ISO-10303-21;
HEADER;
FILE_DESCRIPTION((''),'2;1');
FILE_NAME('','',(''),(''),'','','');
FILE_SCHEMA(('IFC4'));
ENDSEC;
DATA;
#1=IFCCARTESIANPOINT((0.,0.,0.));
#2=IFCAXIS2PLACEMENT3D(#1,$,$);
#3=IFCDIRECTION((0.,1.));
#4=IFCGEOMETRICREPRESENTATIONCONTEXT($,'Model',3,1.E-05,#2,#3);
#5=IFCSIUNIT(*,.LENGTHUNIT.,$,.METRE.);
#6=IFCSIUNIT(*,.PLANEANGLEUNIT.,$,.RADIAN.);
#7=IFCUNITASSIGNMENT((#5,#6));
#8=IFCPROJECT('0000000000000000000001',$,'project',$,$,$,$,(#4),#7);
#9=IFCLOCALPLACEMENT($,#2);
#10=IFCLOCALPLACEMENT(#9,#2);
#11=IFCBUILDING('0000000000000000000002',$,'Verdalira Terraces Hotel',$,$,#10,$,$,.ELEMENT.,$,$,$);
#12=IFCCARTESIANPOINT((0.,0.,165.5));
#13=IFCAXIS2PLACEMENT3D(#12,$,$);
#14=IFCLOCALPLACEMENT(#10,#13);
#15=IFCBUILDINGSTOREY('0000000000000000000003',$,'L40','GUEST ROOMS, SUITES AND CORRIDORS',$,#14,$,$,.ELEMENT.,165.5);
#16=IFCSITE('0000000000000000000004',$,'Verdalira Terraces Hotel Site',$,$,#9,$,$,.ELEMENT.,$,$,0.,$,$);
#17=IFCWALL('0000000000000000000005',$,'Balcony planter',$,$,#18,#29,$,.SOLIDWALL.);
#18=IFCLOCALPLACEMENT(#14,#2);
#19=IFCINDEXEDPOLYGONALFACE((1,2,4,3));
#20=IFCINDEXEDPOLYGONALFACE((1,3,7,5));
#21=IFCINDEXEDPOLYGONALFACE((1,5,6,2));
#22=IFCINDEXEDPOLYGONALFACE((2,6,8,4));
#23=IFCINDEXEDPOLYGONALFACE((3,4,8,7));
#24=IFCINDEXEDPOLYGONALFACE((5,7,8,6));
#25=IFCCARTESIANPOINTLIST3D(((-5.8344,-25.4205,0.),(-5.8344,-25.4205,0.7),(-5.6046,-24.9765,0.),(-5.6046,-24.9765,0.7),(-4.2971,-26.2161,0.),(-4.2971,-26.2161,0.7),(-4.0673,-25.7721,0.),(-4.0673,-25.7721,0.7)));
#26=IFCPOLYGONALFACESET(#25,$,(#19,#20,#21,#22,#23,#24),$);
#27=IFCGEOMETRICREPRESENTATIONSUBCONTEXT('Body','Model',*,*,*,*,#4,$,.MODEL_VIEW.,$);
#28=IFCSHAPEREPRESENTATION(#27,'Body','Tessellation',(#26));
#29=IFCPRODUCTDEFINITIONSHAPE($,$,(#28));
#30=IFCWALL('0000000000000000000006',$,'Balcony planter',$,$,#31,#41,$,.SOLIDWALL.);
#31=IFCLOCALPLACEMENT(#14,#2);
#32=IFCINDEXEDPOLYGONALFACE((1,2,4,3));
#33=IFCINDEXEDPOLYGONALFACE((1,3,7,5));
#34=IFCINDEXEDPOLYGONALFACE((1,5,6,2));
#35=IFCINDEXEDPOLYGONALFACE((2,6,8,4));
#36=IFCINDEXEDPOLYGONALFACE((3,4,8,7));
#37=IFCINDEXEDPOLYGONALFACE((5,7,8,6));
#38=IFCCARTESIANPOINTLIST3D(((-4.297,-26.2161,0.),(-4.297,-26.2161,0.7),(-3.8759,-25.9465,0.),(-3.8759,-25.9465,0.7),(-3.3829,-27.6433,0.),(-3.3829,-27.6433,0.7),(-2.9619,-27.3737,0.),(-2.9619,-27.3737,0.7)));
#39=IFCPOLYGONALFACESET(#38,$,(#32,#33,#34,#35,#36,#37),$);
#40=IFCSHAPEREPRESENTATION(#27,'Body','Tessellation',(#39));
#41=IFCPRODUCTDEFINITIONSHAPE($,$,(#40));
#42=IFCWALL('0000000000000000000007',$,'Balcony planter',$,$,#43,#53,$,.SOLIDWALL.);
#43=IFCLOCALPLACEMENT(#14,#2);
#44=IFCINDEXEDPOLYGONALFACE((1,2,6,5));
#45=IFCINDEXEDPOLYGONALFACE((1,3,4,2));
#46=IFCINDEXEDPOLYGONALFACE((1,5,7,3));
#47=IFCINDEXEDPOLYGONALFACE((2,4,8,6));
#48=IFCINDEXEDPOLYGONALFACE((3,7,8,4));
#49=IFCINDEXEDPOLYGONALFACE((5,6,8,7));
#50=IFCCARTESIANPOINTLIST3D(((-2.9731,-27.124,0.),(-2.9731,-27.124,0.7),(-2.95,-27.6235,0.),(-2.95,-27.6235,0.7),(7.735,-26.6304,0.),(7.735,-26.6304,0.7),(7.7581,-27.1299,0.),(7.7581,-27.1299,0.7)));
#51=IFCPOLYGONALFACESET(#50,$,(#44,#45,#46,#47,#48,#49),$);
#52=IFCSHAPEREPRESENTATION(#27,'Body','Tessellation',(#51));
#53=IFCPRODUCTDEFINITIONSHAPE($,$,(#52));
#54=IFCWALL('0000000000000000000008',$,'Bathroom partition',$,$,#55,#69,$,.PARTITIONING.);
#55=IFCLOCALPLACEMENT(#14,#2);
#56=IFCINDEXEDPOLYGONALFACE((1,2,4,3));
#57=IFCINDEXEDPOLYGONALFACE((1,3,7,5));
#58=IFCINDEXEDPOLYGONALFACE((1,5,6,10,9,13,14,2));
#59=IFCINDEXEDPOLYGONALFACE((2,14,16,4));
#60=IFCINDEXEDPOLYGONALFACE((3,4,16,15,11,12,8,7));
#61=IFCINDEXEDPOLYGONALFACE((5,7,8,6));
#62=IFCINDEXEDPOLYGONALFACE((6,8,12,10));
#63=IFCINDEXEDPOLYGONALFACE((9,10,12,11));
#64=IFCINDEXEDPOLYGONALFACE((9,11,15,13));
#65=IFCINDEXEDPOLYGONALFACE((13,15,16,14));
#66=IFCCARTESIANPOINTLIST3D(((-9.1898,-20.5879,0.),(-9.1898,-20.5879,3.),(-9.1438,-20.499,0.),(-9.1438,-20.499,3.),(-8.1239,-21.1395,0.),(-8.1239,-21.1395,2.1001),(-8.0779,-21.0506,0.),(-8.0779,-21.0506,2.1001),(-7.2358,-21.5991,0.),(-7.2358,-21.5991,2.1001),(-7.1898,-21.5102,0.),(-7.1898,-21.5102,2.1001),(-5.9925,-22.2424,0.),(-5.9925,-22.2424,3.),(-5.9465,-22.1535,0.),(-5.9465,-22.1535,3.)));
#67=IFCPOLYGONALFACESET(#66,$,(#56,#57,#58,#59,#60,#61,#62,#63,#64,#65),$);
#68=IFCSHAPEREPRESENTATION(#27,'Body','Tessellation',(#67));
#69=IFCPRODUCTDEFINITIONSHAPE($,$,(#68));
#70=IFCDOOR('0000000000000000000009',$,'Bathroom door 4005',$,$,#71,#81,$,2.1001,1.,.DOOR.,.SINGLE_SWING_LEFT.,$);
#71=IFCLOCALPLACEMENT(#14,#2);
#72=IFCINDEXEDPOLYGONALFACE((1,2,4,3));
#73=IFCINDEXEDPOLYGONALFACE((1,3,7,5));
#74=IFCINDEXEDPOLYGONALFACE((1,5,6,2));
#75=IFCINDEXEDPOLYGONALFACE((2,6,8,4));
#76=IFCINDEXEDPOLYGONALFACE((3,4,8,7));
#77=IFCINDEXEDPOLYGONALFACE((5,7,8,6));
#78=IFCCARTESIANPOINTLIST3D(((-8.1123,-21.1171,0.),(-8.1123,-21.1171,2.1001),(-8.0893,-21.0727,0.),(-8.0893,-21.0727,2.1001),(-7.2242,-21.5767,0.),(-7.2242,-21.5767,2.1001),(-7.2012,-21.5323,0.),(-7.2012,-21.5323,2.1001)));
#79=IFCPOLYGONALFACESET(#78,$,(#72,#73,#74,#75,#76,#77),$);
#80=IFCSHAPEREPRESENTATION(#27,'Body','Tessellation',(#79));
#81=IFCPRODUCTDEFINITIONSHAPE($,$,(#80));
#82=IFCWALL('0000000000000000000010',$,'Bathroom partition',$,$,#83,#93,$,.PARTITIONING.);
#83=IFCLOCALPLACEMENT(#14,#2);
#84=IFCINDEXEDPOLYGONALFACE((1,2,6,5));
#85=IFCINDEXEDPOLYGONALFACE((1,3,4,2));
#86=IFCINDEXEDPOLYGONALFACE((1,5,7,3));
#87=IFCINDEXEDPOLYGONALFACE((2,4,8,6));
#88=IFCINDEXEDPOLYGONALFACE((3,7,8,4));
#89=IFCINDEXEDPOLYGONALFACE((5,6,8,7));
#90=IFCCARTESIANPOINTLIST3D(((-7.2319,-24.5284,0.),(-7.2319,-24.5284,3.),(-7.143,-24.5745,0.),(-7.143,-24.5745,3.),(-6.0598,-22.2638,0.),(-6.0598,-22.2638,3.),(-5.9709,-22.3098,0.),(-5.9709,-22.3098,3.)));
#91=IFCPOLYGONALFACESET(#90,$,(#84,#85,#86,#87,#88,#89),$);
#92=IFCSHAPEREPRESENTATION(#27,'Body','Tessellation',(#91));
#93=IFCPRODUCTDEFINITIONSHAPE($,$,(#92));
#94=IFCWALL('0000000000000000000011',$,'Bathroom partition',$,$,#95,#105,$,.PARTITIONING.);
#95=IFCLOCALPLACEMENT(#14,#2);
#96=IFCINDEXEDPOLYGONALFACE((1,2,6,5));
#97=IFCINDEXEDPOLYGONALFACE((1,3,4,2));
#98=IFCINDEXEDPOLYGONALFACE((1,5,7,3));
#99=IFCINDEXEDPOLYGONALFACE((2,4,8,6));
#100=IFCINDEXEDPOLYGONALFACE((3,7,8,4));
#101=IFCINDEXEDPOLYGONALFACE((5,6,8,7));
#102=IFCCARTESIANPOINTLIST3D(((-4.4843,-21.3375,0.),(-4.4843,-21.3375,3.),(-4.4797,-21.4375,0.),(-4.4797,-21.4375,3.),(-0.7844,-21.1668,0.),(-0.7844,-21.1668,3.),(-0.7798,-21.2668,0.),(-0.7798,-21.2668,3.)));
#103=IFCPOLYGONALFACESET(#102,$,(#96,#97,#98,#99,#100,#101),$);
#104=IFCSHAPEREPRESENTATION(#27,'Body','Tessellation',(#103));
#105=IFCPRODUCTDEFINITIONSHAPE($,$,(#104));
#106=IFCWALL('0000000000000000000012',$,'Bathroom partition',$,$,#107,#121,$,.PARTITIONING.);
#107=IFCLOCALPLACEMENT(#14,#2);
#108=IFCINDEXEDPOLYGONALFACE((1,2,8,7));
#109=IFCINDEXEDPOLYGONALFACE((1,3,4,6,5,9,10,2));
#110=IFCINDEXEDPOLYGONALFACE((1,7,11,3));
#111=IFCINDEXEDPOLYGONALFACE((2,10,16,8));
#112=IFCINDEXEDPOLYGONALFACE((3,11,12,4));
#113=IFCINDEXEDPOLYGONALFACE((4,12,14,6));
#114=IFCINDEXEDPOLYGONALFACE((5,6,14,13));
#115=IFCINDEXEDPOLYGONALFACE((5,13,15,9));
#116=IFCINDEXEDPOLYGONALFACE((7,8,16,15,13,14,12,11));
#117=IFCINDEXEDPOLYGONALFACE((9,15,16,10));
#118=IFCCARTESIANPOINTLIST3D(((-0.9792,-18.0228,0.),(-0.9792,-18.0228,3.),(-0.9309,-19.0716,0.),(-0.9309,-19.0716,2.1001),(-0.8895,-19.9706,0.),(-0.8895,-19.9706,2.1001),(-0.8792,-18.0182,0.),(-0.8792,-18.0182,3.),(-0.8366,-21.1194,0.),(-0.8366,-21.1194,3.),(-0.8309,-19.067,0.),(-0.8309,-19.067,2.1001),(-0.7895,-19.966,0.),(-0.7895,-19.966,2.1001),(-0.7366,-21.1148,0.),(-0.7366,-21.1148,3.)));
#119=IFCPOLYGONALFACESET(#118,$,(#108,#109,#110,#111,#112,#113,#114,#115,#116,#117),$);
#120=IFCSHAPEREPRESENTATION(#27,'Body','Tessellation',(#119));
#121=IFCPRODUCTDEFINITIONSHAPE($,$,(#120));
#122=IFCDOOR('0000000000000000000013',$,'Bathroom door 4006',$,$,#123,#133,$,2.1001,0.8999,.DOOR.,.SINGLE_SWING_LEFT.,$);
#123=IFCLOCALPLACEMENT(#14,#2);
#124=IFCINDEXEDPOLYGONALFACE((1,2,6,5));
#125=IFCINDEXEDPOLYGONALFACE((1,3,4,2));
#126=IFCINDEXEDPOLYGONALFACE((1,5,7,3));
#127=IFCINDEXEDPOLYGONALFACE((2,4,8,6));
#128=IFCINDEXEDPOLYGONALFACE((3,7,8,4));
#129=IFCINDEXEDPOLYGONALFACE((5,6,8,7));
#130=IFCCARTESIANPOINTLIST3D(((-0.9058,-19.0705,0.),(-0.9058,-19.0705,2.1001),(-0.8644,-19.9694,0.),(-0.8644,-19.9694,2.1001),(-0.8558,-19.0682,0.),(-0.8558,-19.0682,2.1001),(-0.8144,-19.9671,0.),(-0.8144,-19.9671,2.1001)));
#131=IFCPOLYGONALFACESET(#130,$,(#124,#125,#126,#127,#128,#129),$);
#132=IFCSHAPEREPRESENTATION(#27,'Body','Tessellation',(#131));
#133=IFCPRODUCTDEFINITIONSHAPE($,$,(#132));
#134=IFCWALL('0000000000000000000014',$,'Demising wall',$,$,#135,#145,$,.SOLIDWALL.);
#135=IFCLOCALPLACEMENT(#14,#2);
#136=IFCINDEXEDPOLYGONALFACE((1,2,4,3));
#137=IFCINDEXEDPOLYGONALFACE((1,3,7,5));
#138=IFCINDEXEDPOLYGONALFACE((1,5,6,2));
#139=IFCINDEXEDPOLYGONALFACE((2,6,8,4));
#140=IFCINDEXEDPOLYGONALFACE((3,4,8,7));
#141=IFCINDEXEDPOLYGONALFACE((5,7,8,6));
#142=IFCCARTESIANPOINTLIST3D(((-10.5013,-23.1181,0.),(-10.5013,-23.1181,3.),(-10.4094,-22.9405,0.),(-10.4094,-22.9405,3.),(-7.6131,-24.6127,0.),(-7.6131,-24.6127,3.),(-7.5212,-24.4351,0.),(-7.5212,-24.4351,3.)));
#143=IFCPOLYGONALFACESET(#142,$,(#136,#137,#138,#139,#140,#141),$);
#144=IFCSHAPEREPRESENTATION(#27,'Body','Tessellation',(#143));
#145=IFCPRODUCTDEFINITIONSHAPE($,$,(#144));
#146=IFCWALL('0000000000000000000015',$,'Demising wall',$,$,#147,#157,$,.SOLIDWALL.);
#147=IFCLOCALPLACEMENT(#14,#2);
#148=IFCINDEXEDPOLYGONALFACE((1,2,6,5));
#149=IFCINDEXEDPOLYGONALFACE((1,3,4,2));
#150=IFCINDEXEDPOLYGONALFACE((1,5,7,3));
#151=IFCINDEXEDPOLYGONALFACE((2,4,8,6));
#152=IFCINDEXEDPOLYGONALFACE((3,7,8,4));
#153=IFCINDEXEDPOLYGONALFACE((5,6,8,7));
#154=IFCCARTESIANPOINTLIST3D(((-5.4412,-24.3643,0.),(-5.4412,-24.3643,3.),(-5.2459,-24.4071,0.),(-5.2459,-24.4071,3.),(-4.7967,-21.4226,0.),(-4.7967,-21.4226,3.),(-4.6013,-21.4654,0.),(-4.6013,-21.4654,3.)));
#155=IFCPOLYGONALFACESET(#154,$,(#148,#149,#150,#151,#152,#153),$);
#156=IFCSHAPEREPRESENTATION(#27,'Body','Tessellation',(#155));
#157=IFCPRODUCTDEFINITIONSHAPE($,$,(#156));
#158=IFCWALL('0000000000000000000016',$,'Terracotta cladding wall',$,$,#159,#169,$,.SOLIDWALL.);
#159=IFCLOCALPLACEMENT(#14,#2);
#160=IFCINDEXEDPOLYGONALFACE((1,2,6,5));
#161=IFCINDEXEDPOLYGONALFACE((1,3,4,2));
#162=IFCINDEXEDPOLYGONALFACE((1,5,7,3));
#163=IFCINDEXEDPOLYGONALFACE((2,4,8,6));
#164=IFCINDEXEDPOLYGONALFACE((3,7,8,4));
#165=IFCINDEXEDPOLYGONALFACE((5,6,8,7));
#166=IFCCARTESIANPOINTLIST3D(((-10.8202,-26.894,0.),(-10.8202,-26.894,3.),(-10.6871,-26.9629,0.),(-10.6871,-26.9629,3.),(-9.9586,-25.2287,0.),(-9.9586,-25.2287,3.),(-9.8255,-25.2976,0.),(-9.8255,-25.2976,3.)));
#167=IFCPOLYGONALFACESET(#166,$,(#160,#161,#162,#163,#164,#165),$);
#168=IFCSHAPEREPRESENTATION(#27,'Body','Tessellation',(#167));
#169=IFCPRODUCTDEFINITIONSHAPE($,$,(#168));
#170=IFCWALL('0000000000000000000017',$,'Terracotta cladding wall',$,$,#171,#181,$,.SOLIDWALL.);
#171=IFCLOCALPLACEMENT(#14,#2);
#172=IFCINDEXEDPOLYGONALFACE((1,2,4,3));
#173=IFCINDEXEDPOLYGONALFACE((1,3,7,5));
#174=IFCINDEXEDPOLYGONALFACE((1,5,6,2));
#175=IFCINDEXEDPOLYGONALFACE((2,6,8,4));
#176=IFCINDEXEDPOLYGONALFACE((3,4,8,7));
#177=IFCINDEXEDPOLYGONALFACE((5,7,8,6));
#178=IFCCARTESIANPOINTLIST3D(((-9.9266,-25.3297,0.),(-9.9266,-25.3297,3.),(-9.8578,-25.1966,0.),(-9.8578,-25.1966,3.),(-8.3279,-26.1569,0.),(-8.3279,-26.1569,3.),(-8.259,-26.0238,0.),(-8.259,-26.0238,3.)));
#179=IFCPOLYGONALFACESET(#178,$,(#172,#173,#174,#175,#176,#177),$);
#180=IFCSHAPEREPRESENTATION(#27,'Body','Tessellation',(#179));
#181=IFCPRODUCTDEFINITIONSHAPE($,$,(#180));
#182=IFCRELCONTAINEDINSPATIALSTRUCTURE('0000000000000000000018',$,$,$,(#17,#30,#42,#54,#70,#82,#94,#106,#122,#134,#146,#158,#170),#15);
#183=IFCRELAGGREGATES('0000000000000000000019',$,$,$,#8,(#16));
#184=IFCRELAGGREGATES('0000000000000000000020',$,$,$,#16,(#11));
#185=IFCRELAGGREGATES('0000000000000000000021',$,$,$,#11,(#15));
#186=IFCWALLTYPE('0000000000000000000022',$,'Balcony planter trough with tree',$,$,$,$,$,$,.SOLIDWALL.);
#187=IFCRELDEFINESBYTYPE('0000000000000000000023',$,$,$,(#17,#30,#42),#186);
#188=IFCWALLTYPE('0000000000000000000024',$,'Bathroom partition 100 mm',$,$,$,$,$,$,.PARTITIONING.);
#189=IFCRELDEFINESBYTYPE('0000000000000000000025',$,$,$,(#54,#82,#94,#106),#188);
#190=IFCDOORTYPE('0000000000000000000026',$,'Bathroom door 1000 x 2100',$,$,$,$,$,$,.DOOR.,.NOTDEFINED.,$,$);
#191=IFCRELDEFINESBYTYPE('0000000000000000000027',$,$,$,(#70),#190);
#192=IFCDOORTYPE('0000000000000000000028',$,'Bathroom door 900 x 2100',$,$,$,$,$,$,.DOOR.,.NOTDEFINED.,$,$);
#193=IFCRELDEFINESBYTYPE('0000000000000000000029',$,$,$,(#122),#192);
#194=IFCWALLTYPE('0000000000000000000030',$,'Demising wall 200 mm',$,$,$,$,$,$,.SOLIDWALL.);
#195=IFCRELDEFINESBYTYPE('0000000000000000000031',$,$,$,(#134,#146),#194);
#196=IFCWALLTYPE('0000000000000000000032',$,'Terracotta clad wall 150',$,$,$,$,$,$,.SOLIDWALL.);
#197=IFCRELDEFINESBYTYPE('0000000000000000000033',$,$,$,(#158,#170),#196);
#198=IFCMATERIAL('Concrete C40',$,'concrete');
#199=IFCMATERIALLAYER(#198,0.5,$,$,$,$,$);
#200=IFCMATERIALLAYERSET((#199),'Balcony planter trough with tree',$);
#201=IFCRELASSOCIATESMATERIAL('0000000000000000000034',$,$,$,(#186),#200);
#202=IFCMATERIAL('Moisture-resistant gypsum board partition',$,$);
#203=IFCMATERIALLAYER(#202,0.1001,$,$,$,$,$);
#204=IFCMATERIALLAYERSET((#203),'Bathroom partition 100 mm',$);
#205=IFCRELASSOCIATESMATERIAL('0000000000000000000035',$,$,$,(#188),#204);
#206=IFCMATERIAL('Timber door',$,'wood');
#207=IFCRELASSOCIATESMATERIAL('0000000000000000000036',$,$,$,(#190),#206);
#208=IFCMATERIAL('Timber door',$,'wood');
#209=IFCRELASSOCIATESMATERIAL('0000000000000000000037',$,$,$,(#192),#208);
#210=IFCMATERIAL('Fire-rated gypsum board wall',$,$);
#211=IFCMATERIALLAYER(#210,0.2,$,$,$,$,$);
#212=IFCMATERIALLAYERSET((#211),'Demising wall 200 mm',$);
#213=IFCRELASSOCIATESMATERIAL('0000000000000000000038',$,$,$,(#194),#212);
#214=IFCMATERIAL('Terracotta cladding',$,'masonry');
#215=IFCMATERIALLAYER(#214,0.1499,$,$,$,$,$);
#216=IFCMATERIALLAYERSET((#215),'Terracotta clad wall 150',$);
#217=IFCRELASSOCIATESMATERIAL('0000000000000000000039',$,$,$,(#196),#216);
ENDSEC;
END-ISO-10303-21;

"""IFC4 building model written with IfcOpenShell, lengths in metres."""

from ifc_helpers import new_model, si_unit, direction, frame, frame_2d, origin, place, context, subcontext, project, spatial, rectangle, extrude, material, layer, layer_set, type_object, element, fill, save


model = new_model("IFC4")

# Units and contexts
model_context = context("Model", 3, precision=1e-05, world=origin(), true_north=direction((0.0, 1.0)))
body_context = subcontext(model_context, "Body", "Model", "MODEL_VIEW")
ifc_project = project(units=[si_unit("LENGTHUNIT", "METRE"), si_unit("PLANEANGLEUNIT", "RADIAN")], contexts=[model_context])

# Site, building, storey
site_placement = place(None, origin())
site = spatial("IfcSite", under=ifc_project, at=site_placement, Name="Verdalira Terraces Hotel Site", CompositionType="ELEMENT", RefElevation=0.0)
building_placement = place(site_placement, origin())
building = spatial("IfcBuilding", under=site, at=building_placement, Name="Verdalira Terraces Hotel", CompositionType="ELEMENT")
storey_placement = place(building_placement, frame((0.0, 0.0, 165.5)))
storey = spatial("IfcBuildingStorey", under=building, at=storey_placement, Name="L40", Description="GUEST ROOMS, SUITES AND CORRIDORS", CompositionType="ELEMENT", Elevation=165.5)

# Walls
ifc_material_1 = material(Name="Concrete C40", Category="concrete")
ifc_layer_1 = layer(ifc_material_1, 0.5)
ifc_layer_set_1 = layer_set([ifc_layer_1], Name="Balcony planter trough with tree")
wall_type_1 = type_object("IfcWallType", Name="Balcony planter trough with tree", PredefinedType="SOLIDWALL", material=ifc_layer_set_1)
wall_1_placement = place(storey_placement, frame((-5.7195, -25.1985, 0.0), z_axis=(0.0, 0.0, 1.0), x_axis=(0.888106, -0.459638, 0.0)))
element("IfcWall", 1, at=wall_1_placement, inside=storey, type_object=wall_type_1, Name="Balcony planter", PredefinedType="SOLIDWALL", context=body_context, shape_type="SweptSolid", body=[
    extrude(rectangle(XDim=1.731, YDim=0.5, at=frame_2d((0.8655, 0.0))), origin(), (0.0, 0.0, 1.0), 0.7),
])
wall_2_placement = place(storey_placement, frame((-4.0864, -26.0813, 0.0), z_axis=(0.0, 0.0, 1.0), x_axis=(0.539315, -0.842104, 0.0)))
element("IfcWall", 2, at=wall_2_placement, inside=storey, type_object=wall_type_1, Name="Balcony planter", PredefinedType="SOLIDWALL", context=body_context, shape_type="SweptSolid", body=[
    extrude(rectangle(XDim=1.6948, YDim=0.5, at=frame_2d((0.8474, 0.0))), origin(), (0.0, 0.0, 1.0), 0.7),
])
wall_3_placement = place(storey_placement, frame((-2.9617, -27.3738, 0.0), z_axis=(0.0, 0.0, 1.0), x_axis=(0.998939, 0.046052, 0.0)))
element("IfcWall", 3, at=wall_3_placement, inside=storey, type_object=wall_type_1, Name="Balcony planter", PredefinedType="SOLIDWALL", context=body_context, shape_type="SweptSolid", body=[
    extrude(rectangle(XDim=10.7195, YDim=0.5, at=frame_2d((5.3599, 0.0))), origin(), (0.0, 0.0, 1.0), 0.7),
])

# Wall, opening, door
ifc_material_2 = material(Name="Moisture-resistant gypsum board partition")
ifc_layer_2 = layer(ifc_material_2, 0.1001)
ifc_layer_set_2 = layer_set([ifc_layer_2], Name="Bathroom partition 100 mm")
wall_type_2 = type_object("IfcWallType", Name="Bathroom partition 100 mm", PredefinedType="PARTITIONING", material=ifc_layer_set_2)
wall_4_placement = place(storey_placement, frame((-5.9695, -22.198, 0.0), z_axis=(0.0, 0.0, 1.0), x_axis=(-0.888129, 0.459594, 0.0)))
wall_4 = element("IfcWall", 4, at=wall_4_placement, inside=storey, type_object=wall_type_2, Name="Bathroom partition", PredefinedType="PARTITIONING", context=body_context, shape_type="SweptSolid", body=[
    extrude(rectangle(XDim=3.6001, YDim=0.1001, at=frame_2d((1.8, 0.0))), origin(), (0.0, 0.0, 1.0), 3.0),
])
opening_1_placement = place(wall_4_placement, frame((1.3999, 0.0, 0.0)))
opening_1 = element("IfcOpeningElement", 5, at=opening_1_placement, cuts=wall_4, PredefinedType="OPENING", context=body_context, shape_type="SweptSolid", body=[
    extrude(rectangle(XDim=1.0, YDim=2.1001, at=frame_2d((0.5, 1.05))), frame((0.0, 0.0601, 0.0), z_axis=(0.0, -1.0, 0.0), x_axis=(1.0, 0.0, 0.0)), (0.0, 0.0, 1.0), 0.1201),
])
ifc_material_3 = material(Name="Timber door", Category="wood")
door_type_1 = type_object("IfcDoorType", Name="Bathroom door 1000 x 2100", OperationType="NOTDEFINED", PredefinedType="DOOR", material=ifc_material_3)
door_1_placement = place(opening_1_placement, origin())
door_1 = element("IfcDoor", 6, at=door_1_placement, inside=storey, type_object=door_type_1, Name="Bathroom door 4005", OperationType="SINGLE_SWING_LEFT", OverallHeight=2.1001, OverallWidth=1.0, PredefinedType="DOOR", context=body_context, shape_type="SweptSolid", body=[
    extrude(rectangle(XDim=1.0, YDim=2.1001, at=frame_2d((0.5, 1.05))), frame((0.0, 0.0249, 0.0), z_axis=(0.0, -1.0, 0.0), x_axis=(1.0, 0.0, 0.0)), (0.0, 0.0, 1.0), 0.05),
])
fill(opening_1, door_1)

# Walls
wall_5_placement = place(storey_placement, frame((-6.0154, -22.2869, 0.0), z_axis=(0.0, 0.0, 1.0), x_axis=(-0.459655, -0.888098, 0.0)))
element("IfcWall", 7, at=wall_5_placement, inside=storey, type_object=wall_type_2, Name="Bathroom partition", PredefinedType="PARTITIONING", context=body_context, shape_type="SweptSolid", body=[
    extrude(rectangle(XDim=2.55, YDim=0.1001, at=frame_2d((1.2749, 0.0))), origin(), (0.0, 0.0, 1.0), 3.0),
])
wall_6_placement = place(storey_placement, frame((-0.782, -21.2168, 0.0), z_axis=(0.0, 0.0, 1.0), x_axis=(-0.998938, -0.046074, 0.0)))
element("IfcWall", 8, at=wall_6_placement, inside=storey, type_object=wall_type_2, Name="Bathroom partition", PredefinedType="PARTITIONING", context=body_context, shape_type="SweptSolid", body=[
    extrude(rectangle(XDim=3.7039, YDim=0.1001, at=frame_2d((1.8521, 0.0))), origin(), (0.0, 0.0, 1.0), 3.0),
])

# Wall, opening, door
wall_7_placement = place(storey_placement, frame((-0.7866, -21.1169, 0.0), z_axis=(0.0, 0.0, 1.0), x_axis=(-0.045994, 0.998942, 0.0)))
wall_7 = element("IfcWall", 9, at=wall_7_placement, inside=storey, type_object=wall_type_2, Name="Bathroom partition", PredefinedType="PARTITIONING", context=body_context, shape_type="SweptSolid", body=[
    extrude(rectangle(XDim=3.0999, YDim=0.1001, at=frame_2d((1.5498, 0.0))), origin(), (0.0, 0.0, 1.0), 3.0),
])
opening_2_placement = place(wall_7_placement, frame((1.1499, 0.0, 0.0)))
opening_2 = element("IfcOpeningElement", 10, at=opening_2_placement, cuts=wall_7, PredefinedType="OPENING", context=body_context, shape_type="SweptSolid", body=[
    extrude(rectangle(XDim=0.8999, YDim=2.1001, at=frame_2d((0.45, 1.05))), frame((0.0, 0.0601, 0.0), z_axis=(0.0, -1.0, 0.0), x_axis=(1.0, 0.0, 0.0)), (0.0, 0.0, 1.0), 0.1201),
])
ifc_material_4 = material(Name="Timber door", Category="wood")
door_type_2 = type_object("IfcDoorType", Name="Bathroom door 900 x 2100", OperationType="NOTDEFINED", PredefinedType="DOOR", material=ifc_material_4)
door_2_placement = place(opening_2_placement, origin())
door_2 = element("IfcDoor", 11, at=door_2_placement, inside=storey, type_object=door_type_2, Name="Bathroom door 4006", OperationType="SINGLE_SWING_LEFT", OverallHeight=2.1001, OverallWidth=0.8999, PredefinedType="DOOR", context=body_context, shape_type="SweptSolid", body=[
    extrude(rectangle(XDim=0.8999, YDim=2.1001, at=frame_2d((0.45, 1.05))), frame((0.0, 0.0249, 0.0), z_axis=(0.0, -1.0, 0.0), x_axis=(1.0, 0.0, 0.0)), (0.0, 0.0, 1.0), 0.05),
])
fill(opening_2, door_2)

# Walls
ifc_material_5 = material(Name="Fire-rated gypsum board wall")
ifc_layer_3 = layer(ifc_material_5, 0.2)
ifc_layer_set_3 = layer_set([ifc_layer_3], Name="Demising wall 200 mm")
wall_type_3 = type_object("IfcWallType", Name="Demising wall 200 mm", PredefinedType="SOLIDWALL", material=ifc_layer_set_3)
wall_8_placement = place(storey_placement, frame((-10.4553, -23.0293, 0.0), z_axis=(0.0, 0.0, 1.0), x_axis=(0.888125, -0.459603, 0.0)))
element("IfcWall", 12, at=wall_8_placement, inside=storey, type_object=wall_type_3, Name="Demising wall", PredefinedType="SOLIDWALL", context=body_context, shape_type="SweptSolid", body=[
    extrude(rectangle(XDim=3.252, YDim=0.2, at=frame_2d((1.626, 0.0))), origin(), (0.0, 0.0, 1.0), 3.0),
])
wall_9_placement = place(storey_placement, frame((-4.699, -21.4438, 0.0), z_axis=(0.0, 0.0, 1.0), x_axis=(-0.214028, -0.976828, 0.0)))
element("IfcWall", 13, at=wall_9_placement, inside=storey, type_object=wall_type_3, Name="Demising wall", PredefinedType="SOLIDWALL", context=body_context, shape_type="SweptSolid", body=[
    extrude(rectangle(XDim=3.0115, YDim=0.2, at=frame_2d((1.5059, 0.0))), origin(), (0.0, 0.0, 1.0), 3.0),
])
ifc_material_6 = material(Name="Terracotta cladding", Category="masonry")
ifc_layer_4 = layer(ifc_material_6, 0.1499)
ifc_layer_set_4 = layer_set([ifc_layer_4], Name="Terracotta clad wall 150")
wall_type_4 = type_object("IfcWallType", Name="Terracotta clad wall 150", PredefinedType="SOLIDWALL", material=ifc_layer_set_4)
wall_10_placement = place(storey_placement, frame((-10.7537, -26.9285, 0.0), z_axis=(0.0, 0.0, 1.0), x_axis=(0.459515, 0.88817, 0.0)))
element("IfcWall", 14, at=wall_10_placement, inside=storey, type_object=wall_type_4, Name="Terracotta cladding wall", PredefinedType="SOLIDWALL", context=body_context, shape_type="SweptSolid", body=[
    extrude(rectangle(XDim=1.875, YDim=0.1499, at=frame_2d((0.9375, 0.0))), origin(), (0.0, 0.0, 1.0), 3.0),
])
wall_11_placement = place(storey_placement, frame((-9.8921, -25.2632, 0.0), z_axis=(0.0, 0.0, 1.0), x_axis=(0.888157, -0.459541, 0.0)))
element("IfcWall", 15, at=wall_11_placement, inside=storey, type_object=wall_type_4, Name="Terracotta cladding wall", PredefinedType="SOLIDWALL", context=body_context, shape_type="SweptSolid", body=[
    extrude(rectangle(XDim=1.8, YDim=0.1499, at=frame_2d((0.8999, 0.0))), origin(), (0.0, 0.0, 1.0), 3.0),
])

save(model, "model.ifc")
